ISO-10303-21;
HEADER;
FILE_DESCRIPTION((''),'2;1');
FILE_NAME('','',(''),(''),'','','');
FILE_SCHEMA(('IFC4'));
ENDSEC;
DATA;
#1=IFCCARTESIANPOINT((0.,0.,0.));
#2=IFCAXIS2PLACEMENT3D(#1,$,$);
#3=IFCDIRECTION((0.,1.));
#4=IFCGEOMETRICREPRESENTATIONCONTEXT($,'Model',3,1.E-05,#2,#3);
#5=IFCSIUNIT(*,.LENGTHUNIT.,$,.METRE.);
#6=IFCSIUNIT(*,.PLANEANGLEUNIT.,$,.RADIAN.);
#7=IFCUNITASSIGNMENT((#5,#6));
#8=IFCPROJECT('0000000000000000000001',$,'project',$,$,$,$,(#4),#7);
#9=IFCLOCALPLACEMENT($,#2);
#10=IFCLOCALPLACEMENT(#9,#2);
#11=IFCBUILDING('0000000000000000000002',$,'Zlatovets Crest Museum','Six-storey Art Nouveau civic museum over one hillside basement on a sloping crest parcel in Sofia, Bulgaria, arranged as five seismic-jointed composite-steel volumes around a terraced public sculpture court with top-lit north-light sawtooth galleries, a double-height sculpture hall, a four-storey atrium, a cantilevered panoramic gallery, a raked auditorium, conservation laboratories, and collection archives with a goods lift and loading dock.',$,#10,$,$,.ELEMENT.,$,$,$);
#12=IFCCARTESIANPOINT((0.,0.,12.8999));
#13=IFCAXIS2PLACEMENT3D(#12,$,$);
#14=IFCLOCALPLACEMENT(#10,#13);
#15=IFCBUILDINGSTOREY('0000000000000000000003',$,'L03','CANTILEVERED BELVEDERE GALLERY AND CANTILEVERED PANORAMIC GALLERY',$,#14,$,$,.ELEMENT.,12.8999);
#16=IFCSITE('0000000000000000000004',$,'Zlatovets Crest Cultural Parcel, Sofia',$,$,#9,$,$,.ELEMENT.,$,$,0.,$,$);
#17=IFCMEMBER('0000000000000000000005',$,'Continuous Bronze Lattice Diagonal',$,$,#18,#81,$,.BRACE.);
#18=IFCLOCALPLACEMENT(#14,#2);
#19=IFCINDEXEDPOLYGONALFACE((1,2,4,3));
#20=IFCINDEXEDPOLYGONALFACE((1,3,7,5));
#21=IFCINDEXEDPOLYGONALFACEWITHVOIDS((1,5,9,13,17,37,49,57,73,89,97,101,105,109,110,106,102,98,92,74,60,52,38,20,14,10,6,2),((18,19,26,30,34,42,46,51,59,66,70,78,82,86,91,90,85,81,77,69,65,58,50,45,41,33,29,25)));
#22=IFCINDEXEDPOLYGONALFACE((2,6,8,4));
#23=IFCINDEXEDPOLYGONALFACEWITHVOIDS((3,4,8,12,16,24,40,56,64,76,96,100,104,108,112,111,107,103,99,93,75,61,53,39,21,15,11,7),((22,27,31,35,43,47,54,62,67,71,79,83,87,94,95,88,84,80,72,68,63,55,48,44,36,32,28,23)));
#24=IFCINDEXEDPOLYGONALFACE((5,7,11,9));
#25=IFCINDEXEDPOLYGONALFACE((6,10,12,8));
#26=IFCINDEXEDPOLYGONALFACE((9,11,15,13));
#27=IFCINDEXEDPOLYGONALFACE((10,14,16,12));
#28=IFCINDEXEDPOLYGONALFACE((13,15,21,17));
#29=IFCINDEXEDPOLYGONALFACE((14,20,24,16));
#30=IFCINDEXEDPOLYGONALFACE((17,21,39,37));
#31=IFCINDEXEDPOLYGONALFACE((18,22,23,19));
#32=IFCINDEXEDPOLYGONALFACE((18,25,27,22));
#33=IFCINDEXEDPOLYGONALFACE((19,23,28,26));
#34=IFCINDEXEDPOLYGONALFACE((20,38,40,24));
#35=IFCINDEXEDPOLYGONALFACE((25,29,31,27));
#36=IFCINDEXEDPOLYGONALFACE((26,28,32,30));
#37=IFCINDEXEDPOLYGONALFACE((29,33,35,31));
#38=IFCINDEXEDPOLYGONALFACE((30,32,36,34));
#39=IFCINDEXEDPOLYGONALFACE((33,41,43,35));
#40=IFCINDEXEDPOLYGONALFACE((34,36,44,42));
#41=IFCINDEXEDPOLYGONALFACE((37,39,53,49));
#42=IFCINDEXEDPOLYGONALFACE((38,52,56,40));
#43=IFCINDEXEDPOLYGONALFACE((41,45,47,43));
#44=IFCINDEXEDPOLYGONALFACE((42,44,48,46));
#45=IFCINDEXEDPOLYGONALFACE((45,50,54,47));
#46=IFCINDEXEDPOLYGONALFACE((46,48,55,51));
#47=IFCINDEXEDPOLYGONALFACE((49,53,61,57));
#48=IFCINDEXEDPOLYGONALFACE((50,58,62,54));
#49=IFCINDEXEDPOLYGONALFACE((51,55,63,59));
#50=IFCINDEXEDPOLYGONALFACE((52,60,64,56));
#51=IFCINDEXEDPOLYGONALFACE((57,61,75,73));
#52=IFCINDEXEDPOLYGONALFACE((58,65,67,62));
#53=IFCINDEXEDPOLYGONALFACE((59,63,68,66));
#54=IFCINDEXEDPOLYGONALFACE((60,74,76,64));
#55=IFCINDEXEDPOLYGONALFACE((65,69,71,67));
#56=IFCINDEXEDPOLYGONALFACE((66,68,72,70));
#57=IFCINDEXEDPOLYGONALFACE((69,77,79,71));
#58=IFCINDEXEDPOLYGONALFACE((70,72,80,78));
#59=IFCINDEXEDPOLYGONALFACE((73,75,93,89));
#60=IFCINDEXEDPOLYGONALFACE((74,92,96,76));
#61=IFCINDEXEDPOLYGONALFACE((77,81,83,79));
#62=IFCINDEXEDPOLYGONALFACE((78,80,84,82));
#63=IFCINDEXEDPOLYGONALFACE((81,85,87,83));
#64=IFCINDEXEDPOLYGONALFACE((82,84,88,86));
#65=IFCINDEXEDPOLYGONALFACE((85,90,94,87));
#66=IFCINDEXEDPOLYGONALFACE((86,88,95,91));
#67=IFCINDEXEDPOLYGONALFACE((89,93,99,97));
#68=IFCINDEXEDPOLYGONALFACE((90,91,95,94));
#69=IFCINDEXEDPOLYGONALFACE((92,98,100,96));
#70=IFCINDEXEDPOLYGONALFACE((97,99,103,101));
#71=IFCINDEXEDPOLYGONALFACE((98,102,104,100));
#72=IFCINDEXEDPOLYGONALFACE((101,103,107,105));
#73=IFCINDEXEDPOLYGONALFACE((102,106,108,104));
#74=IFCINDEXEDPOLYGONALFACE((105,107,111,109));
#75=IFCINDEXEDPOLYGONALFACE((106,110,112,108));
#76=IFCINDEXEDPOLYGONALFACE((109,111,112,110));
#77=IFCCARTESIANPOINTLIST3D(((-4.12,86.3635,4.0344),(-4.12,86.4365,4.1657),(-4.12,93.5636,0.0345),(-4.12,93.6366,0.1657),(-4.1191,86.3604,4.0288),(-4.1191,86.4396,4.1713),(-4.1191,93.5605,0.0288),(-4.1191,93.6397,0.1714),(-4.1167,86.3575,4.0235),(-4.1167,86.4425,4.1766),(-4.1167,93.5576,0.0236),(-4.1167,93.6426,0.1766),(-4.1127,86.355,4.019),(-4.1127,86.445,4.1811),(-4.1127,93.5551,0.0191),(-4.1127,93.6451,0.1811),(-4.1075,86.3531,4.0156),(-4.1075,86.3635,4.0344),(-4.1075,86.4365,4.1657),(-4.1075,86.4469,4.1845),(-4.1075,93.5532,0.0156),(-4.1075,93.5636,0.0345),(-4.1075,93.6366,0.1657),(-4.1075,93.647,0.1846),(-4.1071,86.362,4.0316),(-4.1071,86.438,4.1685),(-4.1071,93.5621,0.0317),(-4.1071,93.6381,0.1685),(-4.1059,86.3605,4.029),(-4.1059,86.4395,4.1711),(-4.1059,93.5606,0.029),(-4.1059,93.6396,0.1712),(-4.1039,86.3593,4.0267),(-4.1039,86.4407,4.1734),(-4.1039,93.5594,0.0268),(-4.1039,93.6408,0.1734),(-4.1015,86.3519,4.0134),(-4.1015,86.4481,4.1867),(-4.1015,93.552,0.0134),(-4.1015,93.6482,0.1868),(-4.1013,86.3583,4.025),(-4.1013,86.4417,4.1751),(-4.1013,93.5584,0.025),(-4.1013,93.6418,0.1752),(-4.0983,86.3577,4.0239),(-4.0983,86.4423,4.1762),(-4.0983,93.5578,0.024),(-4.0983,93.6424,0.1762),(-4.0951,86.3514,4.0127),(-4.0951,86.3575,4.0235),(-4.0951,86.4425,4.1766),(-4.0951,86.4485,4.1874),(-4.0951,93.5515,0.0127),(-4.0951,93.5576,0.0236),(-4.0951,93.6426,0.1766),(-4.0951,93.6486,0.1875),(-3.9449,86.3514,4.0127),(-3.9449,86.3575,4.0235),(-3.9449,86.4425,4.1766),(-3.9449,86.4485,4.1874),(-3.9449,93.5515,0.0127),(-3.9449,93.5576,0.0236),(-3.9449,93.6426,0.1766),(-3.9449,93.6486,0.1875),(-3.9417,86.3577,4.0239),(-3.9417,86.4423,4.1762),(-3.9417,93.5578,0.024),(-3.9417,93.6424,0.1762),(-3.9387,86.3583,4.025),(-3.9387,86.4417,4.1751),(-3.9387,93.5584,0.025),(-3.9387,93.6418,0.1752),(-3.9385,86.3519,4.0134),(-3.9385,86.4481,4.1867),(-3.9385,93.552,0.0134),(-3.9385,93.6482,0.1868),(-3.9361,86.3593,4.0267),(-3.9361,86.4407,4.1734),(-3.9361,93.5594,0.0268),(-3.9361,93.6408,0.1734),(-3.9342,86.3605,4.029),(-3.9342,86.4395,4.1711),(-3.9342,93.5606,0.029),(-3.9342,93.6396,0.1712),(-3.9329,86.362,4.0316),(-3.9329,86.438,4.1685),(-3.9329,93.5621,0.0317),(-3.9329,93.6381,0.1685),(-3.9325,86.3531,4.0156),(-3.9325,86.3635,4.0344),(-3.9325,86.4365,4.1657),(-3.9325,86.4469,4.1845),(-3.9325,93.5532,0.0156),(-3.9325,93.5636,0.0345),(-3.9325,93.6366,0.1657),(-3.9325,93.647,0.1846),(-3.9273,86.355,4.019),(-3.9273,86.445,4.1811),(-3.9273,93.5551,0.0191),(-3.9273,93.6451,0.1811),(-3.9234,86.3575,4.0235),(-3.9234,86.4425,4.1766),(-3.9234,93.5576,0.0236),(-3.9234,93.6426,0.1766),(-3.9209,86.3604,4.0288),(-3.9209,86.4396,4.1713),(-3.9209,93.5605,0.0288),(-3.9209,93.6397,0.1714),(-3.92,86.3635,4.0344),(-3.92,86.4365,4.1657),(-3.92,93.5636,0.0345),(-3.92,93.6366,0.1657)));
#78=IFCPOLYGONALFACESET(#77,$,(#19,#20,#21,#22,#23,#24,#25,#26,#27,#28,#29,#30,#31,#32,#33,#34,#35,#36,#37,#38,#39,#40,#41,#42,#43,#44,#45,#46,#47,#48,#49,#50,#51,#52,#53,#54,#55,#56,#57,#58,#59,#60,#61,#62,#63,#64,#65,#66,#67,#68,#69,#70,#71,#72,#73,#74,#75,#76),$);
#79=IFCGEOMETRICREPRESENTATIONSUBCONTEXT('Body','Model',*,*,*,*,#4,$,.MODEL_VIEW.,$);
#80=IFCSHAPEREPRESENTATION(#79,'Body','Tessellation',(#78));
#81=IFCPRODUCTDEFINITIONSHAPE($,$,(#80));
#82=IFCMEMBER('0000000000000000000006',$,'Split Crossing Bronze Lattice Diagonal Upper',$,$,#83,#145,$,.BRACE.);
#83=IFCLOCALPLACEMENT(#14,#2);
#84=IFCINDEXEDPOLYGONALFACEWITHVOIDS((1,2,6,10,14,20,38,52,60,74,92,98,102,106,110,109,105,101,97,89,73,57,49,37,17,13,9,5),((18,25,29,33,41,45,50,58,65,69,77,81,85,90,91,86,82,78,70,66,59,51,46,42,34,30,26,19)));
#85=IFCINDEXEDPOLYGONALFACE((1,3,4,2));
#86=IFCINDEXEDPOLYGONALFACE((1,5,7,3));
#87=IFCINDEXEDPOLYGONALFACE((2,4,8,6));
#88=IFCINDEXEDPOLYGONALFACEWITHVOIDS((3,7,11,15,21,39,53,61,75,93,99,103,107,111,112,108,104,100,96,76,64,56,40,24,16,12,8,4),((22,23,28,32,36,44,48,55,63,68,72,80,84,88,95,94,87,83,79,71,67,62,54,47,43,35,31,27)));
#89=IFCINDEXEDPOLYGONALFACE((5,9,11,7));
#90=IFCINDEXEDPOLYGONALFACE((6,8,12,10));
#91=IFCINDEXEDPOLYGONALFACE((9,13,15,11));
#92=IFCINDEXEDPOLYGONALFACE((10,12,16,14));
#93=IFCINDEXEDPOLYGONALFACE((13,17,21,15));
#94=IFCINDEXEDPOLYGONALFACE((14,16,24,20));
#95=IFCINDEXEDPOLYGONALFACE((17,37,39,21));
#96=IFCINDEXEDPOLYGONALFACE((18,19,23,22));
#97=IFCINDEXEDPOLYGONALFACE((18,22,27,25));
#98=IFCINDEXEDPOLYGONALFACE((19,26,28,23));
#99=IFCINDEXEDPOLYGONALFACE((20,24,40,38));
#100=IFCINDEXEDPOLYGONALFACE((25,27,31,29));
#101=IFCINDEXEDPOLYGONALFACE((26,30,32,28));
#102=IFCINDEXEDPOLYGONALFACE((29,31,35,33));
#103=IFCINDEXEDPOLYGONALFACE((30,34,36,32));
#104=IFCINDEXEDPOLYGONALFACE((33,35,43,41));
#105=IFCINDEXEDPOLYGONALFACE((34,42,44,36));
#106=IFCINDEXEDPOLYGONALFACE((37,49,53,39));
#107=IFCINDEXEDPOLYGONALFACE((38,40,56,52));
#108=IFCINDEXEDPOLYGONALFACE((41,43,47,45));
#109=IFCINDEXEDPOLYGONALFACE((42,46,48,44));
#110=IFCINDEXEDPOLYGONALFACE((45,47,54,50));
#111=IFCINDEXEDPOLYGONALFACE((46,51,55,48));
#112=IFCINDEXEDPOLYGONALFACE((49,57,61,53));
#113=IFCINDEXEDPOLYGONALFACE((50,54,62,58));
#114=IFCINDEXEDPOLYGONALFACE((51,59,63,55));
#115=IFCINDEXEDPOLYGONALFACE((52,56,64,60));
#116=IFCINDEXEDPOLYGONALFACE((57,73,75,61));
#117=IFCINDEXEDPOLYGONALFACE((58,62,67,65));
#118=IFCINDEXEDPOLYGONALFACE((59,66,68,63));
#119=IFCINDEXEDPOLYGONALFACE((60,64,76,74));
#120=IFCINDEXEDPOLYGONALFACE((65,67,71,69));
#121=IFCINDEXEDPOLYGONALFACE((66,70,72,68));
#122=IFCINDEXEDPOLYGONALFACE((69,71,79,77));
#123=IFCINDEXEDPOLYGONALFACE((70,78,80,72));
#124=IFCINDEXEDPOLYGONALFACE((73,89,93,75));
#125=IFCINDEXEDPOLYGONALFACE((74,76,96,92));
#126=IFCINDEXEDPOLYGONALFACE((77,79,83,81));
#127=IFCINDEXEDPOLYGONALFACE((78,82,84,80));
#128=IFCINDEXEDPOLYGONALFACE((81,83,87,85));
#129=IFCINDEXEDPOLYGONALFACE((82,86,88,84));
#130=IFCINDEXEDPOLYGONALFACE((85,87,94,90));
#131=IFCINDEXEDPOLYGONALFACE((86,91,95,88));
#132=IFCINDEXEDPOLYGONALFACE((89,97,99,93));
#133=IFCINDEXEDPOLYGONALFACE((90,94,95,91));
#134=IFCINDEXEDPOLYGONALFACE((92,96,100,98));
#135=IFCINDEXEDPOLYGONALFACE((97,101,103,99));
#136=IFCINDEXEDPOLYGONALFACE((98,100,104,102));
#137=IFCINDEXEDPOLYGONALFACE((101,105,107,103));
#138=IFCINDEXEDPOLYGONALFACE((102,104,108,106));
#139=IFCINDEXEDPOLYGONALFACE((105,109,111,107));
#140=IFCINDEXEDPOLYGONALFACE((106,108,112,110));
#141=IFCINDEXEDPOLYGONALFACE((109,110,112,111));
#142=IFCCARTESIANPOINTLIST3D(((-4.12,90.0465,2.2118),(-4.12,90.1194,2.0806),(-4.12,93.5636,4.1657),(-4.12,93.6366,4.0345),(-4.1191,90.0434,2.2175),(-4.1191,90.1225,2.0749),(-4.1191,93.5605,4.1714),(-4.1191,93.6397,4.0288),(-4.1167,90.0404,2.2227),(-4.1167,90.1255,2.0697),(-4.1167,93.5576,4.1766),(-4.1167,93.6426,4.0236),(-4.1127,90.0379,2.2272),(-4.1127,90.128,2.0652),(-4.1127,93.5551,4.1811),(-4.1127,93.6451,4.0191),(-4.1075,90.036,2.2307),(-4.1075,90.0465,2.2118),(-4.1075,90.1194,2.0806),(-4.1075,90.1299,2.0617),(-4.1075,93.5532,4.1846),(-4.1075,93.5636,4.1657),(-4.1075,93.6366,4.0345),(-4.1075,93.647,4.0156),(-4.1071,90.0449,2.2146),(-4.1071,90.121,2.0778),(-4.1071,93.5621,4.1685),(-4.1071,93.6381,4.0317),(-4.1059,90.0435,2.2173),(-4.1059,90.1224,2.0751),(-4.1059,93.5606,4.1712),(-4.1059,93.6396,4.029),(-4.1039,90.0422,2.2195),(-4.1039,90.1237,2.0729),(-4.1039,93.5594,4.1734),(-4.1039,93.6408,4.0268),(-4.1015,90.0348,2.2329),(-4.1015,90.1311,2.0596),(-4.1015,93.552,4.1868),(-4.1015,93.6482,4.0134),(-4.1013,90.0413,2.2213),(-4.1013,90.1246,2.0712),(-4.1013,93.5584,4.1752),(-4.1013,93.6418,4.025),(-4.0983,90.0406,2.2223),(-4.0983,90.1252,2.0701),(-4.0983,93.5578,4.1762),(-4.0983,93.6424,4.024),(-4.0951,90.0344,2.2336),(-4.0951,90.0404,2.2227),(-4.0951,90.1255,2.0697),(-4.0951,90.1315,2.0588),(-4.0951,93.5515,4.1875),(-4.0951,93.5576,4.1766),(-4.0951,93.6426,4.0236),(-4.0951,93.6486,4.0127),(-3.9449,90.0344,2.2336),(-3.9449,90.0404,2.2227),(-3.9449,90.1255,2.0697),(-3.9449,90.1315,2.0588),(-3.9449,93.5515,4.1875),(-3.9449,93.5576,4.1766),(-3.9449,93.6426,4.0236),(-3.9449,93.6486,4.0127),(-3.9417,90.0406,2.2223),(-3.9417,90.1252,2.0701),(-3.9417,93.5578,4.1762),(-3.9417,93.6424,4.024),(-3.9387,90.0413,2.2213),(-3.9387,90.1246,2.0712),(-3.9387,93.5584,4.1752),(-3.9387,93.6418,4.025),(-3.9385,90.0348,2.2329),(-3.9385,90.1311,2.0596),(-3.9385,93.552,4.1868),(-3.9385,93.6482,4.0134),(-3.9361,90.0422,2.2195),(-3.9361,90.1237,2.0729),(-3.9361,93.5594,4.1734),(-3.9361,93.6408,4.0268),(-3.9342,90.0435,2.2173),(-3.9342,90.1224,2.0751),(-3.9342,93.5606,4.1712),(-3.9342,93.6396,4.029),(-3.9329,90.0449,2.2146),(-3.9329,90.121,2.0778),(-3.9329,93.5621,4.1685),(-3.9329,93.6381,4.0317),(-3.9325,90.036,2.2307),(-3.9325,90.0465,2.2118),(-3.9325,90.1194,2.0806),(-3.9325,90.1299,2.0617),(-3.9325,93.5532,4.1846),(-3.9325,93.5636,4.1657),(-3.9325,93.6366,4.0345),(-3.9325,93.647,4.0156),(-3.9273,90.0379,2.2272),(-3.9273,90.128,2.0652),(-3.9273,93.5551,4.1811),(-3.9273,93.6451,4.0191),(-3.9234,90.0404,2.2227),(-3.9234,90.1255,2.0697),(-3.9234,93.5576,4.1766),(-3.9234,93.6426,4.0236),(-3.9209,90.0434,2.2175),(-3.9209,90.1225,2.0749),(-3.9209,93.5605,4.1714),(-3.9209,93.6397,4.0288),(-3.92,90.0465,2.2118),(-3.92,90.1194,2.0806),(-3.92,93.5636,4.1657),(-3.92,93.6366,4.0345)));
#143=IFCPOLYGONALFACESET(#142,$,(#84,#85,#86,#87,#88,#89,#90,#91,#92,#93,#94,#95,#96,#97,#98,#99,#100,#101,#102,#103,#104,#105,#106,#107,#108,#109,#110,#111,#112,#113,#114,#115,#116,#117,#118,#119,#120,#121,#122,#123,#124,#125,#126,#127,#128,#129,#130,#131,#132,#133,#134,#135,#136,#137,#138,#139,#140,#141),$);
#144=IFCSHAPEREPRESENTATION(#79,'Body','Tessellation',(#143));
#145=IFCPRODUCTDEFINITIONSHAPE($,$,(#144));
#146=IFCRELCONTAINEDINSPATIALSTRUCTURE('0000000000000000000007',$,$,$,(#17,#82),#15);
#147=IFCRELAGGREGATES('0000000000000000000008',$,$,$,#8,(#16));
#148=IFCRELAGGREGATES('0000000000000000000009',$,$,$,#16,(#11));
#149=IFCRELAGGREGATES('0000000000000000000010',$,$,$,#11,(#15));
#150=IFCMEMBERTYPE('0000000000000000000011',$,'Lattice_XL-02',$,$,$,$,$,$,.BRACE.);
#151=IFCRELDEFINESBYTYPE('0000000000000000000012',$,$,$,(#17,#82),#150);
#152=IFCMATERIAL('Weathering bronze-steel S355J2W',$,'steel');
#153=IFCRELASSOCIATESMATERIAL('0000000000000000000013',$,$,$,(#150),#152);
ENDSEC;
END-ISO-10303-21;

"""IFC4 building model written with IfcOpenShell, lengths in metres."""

from ifc_helpers import new_model, si_unit, direction, frame, origin, origin_2d, place, context, subcontext, project, spatial, hollow_rectangle, extrude, material, material_profile, profile_set, type_object, element, save


model = new_model("IFC4")

# Units and contexts
model_context = context("Model", 3, precision=1e-05, world=origin(), true_north=direction((0.0, 1.0)))
body_context = subcontext(model_context, "Body", "Model", "MODEL_VIEW")
ifc_project = project(units=[si_unit("LENGTHUNIT", "METRE"), si_unit("PLANEANGLEUNIT", "RADIAN")], contexts=[model_context])

# Site, building, storey
site_placement = place(None, origin())
site = spatial("IfcSite", under=ifc_project, at=site_placement, Name="Zlatovets Crest Cultural Parcel, Sofia", CompositionType="ELEMENT", RefElevation=0.0)
building_placement = place(site_placement, origin())
building = spatial("IfcBuilding", under=site, at=building_placement, Name="Zlatovets Crest Museum", Description="Six-storey Art Nouveau civic museum over one hillside basement on a sloping crest parcel in Sofia, Bulgaria, arranged as five seismic-jointed composite-steel volumes around a terraced public sculpture court with top-lit north-light sawtooth galleries, a double-height sculpture hall, a four-storey atrium, a cantilevered panoramic gallery, a raked auditorium, conservation laboratories, and collection archives with a goods lift and loading dock.", CompositionType="ELEMENT")
storey_placement = place(building_placement, frame((0.0, 0.0, 12.8999)))
storey = spatial("IfcBuildingStorey", under=building, at=storey_placement, Name="L03", Description="CANTILEVERED BELVEDERE GALLERY AND CANTILEVERED PANORAMIC GALLERY", CompositionType="ELEMENT", Elevation=12.8999)

# Members
ifc_material_1 = material(Name="Weathering bronze-steel S355J2W", Category="steel")
ifc_material_profile_1 = material_profile(ifc_material_1, hollow_rectangle(XDim=0.2, YDim=0.2, WallThickness=0.0125, InnerFilletRadius=0.0125, OuterFilletRadius=0.0249, at=origin_2d()), Name="SHS 200x200x12.5")
ifc_profile_set_1 = profile_set([ifc_material_profile_1], Name="Weathering bronze-steel S355J2W")
member_type_1 = type_object("IfcMemberType", Name="Lattice_XL-02", PredefinedType="BRACE", material=ifc_profile_set_1)
member_1_placement = place(storey_placement, frame((-4.02, 93.6001, 0.1001), z_axis=(0.0, -0.874163, 0.485633), x_axis=(1.0, 0.0, 0.0)))
element("IfcMember", 1, at=member_1_placement, inside=storey, type_object=member_type_1, Name="Continuous Bronze Lattice Diagonal", PredefinedType="BRACE", context=body_context, shape_type="SweptSolid", body=[
    extrude(hollow_rectangle(XDim=0.2, YDim=0.2, WallThickness=0.0125, InnerFilletRadius=0.0125, OuterFilletRadius=0.0249, at=origin_2d()), origin(), (0.0, 0.0, 1.0), 8.2366),
])
for number, where, z_axis, x_axis, name in (
    (2, (-4.02, 93.6001, 4.1001), (0.0, -0.874166, -0.485627), (1.0, 0.0, 0.0), "Split Crossing Bronze Lattice Diagonal Upper"),
):
    element("IfcMember", number, at=place(storey_placement, frame(where, z_axis=z_axis, x_axis=x_axis)), inside=storey, type_object=member_type_1, Name=name, PredefinedType="BRACE", context=body_context, shape_type="SweptSolid", body=[
        extrude(hollow_rectangle(XDim=0.2, YDim=0.2, WallThickness=0.0125, InnerFilletRadius=0.0125, OuterFilletRadius=0.0249, at=origin_2d()), origin(), (0.0, 0.0, 1.0), 4.0234),
    ])

save(model, "model.ifc")
